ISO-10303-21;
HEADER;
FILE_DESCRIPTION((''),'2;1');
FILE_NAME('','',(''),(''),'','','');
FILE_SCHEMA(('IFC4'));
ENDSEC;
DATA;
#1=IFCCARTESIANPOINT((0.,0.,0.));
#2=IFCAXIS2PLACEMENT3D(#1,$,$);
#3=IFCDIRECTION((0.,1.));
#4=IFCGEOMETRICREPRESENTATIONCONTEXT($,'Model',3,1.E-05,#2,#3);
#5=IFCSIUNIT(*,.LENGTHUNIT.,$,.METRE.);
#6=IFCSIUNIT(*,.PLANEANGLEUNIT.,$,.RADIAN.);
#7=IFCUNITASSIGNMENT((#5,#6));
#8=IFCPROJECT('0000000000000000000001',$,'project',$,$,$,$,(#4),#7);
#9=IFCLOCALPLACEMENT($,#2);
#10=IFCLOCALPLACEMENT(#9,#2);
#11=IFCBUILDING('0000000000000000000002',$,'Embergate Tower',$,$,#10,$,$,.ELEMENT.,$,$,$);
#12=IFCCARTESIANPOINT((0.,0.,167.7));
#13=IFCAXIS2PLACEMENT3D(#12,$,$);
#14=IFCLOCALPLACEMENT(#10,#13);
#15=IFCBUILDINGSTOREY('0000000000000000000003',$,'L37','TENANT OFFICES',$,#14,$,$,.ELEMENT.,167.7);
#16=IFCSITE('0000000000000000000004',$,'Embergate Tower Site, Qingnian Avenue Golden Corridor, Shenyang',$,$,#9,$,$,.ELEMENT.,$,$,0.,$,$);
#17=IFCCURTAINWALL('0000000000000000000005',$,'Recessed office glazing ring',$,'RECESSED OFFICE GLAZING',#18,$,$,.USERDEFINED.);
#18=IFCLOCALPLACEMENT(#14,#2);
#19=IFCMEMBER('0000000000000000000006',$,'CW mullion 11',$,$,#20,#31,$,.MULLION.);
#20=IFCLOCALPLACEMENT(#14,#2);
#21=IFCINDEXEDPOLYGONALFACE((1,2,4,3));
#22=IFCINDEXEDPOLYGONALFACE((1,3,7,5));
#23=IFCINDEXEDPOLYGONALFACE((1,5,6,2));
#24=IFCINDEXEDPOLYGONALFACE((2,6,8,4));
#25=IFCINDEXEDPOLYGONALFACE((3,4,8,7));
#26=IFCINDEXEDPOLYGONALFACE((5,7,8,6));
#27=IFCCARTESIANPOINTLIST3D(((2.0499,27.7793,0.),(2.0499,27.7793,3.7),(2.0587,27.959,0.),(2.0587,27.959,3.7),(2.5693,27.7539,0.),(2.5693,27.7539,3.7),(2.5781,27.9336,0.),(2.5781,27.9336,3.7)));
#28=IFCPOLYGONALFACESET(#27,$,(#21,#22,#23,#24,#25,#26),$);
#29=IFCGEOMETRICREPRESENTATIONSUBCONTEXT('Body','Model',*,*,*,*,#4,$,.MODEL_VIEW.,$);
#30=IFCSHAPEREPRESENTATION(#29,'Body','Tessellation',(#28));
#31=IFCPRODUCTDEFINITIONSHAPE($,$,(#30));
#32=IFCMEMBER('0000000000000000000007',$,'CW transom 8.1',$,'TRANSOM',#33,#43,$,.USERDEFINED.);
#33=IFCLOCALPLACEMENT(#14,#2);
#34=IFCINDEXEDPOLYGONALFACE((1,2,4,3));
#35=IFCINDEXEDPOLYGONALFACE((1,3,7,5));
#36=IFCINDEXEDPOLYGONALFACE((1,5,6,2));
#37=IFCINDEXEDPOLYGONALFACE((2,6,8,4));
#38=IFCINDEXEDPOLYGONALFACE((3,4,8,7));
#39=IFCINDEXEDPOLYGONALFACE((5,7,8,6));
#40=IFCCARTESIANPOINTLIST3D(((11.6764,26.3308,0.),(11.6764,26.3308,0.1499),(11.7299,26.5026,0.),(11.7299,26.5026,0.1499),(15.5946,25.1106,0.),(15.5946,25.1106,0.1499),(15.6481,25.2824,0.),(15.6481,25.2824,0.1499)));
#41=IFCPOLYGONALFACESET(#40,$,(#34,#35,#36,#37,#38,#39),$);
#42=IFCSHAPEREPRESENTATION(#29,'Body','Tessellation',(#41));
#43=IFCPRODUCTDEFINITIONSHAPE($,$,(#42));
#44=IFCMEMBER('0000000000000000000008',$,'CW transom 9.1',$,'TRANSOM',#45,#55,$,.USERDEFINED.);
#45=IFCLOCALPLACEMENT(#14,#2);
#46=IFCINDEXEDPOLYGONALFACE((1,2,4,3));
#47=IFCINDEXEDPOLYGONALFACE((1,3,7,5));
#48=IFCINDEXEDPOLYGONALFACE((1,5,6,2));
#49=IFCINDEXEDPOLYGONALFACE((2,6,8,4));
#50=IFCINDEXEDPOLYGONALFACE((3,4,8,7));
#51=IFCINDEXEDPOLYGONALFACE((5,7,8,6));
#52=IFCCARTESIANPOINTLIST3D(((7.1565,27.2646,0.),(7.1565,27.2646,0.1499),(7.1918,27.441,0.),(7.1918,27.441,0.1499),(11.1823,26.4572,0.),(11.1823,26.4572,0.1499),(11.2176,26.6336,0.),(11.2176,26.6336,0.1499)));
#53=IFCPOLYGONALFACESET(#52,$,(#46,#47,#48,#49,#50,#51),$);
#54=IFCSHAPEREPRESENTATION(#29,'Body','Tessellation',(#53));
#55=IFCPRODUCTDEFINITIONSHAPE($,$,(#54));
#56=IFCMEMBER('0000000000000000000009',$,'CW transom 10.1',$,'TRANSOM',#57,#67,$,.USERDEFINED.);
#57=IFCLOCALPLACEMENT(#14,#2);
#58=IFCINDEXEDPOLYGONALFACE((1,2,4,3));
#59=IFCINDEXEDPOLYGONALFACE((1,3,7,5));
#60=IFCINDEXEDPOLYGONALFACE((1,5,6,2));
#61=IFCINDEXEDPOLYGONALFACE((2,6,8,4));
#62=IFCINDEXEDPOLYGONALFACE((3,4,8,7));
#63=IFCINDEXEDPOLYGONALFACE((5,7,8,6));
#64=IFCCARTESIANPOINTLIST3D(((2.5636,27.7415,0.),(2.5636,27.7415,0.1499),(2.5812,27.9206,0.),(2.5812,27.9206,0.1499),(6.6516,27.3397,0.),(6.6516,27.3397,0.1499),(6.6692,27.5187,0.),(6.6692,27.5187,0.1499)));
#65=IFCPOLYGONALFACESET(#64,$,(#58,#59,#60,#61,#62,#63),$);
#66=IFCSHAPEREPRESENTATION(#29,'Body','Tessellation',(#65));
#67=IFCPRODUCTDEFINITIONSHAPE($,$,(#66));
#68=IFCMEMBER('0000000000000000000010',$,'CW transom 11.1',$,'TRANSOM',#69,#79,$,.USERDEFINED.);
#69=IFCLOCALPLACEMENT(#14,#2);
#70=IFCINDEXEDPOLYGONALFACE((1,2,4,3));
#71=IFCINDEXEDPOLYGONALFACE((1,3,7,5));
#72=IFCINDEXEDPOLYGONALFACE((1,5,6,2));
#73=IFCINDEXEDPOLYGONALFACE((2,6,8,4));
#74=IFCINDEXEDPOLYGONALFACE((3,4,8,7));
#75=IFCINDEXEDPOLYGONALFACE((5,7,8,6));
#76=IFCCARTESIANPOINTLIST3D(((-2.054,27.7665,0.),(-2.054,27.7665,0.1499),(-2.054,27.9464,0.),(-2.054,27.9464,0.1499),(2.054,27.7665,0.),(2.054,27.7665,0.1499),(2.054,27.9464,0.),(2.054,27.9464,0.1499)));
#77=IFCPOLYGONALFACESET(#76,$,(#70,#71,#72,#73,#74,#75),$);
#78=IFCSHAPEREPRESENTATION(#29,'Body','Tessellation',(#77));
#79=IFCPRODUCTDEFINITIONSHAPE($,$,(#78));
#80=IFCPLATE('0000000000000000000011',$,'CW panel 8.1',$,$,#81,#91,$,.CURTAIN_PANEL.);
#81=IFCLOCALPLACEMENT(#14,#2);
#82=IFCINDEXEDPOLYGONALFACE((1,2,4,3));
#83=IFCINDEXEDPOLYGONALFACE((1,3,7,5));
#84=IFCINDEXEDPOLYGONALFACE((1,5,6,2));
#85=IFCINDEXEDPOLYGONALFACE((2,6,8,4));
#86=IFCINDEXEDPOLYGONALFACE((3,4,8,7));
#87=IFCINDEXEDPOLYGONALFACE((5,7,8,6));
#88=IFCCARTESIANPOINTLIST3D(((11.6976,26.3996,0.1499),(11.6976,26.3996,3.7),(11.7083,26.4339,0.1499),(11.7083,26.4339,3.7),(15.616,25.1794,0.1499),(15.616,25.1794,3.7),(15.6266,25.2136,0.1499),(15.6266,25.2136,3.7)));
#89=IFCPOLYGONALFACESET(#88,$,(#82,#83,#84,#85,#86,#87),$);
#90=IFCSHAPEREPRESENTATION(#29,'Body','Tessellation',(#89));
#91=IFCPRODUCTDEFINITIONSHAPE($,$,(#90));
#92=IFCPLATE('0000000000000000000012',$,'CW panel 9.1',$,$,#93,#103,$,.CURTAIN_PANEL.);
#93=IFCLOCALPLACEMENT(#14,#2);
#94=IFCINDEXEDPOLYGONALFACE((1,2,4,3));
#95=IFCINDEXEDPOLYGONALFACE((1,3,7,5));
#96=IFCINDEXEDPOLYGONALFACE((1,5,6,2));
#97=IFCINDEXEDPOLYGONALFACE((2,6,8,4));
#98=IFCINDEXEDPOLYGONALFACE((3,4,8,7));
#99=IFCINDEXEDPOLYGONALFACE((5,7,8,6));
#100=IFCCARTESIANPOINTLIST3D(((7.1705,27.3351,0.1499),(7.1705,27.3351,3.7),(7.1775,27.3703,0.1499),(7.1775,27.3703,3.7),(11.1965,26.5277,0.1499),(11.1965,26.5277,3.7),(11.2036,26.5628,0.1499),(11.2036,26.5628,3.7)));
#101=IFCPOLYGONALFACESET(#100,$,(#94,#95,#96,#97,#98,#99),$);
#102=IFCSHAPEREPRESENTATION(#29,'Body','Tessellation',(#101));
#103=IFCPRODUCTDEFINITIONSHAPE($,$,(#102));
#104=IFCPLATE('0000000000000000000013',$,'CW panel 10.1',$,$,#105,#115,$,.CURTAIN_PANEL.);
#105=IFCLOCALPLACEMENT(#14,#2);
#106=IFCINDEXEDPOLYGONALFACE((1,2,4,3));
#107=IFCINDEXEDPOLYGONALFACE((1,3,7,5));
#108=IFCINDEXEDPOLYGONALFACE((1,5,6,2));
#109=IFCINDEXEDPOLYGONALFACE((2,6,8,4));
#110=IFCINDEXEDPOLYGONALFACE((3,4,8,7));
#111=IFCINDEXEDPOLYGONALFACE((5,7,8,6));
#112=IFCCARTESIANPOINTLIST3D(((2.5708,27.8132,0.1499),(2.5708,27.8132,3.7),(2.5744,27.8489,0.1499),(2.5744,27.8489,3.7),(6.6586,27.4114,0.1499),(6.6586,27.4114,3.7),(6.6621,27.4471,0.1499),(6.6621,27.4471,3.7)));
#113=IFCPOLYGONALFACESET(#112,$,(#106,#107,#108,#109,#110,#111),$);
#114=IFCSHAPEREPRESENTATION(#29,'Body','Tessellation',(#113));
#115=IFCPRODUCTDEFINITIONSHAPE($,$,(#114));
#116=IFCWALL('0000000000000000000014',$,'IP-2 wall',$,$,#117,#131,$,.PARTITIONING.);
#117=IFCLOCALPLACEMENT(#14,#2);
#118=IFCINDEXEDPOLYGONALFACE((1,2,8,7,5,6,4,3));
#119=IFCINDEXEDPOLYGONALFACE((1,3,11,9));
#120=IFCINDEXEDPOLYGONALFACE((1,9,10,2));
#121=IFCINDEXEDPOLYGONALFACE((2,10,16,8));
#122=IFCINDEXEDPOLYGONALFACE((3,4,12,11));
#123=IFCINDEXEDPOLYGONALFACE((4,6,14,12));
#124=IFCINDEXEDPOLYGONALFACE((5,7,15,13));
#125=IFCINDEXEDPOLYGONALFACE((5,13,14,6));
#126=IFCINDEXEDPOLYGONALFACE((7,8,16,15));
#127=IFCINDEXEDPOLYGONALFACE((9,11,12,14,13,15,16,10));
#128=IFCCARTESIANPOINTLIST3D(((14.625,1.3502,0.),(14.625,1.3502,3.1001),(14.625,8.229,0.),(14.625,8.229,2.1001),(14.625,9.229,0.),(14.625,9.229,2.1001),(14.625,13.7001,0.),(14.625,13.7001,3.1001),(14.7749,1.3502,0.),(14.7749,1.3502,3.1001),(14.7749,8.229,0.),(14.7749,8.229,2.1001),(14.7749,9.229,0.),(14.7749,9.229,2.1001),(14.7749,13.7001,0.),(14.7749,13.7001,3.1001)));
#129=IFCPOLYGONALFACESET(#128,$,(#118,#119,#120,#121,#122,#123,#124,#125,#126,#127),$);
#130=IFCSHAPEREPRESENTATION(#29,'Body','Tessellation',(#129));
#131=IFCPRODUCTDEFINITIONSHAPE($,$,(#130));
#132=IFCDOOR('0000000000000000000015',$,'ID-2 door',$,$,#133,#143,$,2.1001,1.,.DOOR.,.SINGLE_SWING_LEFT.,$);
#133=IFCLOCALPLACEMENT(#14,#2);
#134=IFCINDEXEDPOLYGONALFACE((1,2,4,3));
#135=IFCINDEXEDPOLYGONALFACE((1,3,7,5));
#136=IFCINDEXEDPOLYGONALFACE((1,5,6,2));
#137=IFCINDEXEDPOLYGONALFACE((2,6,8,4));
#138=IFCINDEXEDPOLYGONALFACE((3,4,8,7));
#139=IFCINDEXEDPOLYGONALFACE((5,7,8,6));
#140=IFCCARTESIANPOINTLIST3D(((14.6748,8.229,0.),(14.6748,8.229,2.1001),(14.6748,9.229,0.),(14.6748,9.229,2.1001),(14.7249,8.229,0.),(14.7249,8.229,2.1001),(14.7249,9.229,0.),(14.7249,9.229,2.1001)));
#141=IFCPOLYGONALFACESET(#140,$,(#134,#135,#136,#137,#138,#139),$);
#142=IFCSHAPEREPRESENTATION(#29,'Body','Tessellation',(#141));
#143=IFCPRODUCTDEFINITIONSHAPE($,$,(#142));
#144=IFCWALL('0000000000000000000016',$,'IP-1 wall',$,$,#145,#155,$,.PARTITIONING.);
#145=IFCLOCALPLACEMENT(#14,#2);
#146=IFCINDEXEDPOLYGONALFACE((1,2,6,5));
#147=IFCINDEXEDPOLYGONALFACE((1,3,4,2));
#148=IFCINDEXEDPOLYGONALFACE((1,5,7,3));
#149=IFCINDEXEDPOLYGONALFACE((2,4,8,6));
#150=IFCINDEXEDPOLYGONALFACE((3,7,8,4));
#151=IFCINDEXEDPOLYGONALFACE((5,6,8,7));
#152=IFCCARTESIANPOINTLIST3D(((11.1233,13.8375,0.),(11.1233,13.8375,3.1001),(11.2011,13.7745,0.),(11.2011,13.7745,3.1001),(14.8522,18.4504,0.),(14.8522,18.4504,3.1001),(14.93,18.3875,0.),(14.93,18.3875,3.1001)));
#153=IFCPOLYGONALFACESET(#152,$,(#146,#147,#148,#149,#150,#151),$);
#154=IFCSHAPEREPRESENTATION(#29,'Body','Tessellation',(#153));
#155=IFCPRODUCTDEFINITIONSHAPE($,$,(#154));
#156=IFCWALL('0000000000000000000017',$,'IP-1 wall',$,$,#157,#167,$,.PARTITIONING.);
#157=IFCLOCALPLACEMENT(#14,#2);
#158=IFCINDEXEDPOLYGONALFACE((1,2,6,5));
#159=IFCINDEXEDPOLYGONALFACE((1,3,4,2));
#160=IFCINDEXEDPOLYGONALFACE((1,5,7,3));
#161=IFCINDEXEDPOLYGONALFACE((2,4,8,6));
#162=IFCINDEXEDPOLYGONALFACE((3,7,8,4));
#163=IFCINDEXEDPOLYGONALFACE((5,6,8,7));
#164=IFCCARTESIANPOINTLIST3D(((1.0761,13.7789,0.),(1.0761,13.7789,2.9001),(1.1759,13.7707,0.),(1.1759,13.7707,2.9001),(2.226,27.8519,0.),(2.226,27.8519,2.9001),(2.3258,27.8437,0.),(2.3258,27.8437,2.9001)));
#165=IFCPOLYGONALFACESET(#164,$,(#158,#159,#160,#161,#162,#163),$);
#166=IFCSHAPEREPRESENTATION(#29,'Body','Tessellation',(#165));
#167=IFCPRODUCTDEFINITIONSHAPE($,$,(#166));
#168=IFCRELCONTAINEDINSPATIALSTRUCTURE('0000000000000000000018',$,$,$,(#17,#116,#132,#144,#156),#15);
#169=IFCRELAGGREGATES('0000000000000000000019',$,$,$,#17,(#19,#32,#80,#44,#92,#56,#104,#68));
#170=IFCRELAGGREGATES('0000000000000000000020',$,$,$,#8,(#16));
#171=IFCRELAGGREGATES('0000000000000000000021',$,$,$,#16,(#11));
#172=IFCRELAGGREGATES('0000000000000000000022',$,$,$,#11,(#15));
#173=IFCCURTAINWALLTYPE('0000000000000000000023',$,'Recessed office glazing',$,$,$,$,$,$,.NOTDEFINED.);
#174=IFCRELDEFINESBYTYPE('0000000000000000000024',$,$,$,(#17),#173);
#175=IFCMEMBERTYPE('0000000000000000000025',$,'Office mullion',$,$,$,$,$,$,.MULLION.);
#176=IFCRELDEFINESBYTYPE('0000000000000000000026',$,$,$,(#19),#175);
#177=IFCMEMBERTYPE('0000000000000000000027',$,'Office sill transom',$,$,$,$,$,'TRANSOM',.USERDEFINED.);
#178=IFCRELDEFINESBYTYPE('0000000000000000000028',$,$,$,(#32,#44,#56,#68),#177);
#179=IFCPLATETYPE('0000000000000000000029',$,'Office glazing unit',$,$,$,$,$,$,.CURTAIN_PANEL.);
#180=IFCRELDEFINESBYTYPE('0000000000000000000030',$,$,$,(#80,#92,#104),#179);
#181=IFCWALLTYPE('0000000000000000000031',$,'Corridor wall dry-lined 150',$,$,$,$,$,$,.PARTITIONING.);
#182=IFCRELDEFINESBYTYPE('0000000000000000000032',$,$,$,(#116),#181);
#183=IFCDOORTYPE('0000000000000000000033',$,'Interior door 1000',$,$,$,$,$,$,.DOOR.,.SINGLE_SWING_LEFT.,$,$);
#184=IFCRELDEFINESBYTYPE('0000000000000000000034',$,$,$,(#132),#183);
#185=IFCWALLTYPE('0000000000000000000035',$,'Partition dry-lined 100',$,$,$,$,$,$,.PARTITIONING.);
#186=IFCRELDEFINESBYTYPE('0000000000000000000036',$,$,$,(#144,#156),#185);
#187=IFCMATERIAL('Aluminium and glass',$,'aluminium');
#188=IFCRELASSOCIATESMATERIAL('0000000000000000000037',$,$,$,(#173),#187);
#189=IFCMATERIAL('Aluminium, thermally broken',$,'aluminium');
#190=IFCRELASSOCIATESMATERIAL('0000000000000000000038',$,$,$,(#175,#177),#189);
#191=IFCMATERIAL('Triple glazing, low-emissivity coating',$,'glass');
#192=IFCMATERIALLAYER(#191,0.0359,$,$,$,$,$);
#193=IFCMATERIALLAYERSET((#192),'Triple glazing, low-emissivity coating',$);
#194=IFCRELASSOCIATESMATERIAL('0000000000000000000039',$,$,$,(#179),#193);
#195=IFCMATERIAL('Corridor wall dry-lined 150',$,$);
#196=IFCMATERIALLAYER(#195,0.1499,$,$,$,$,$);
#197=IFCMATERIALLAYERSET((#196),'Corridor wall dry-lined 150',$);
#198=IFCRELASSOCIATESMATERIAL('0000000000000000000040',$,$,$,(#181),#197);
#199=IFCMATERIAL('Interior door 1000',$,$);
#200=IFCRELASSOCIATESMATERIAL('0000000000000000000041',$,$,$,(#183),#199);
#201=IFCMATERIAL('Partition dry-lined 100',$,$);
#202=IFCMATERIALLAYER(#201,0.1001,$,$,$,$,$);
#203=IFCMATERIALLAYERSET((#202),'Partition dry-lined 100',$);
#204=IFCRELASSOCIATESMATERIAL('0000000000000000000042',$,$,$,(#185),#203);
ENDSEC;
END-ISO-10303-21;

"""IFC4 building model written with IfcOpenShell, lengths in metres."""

from ifc_helpers import new_model, si_unit, direction, frame, frame_2d, origin, origin_2d, place, context, subcontext, project, spatial, rectangle, extrude, source, transform, mapped, material, layer, layer_set, material_profile, profile_set, type_object, element, fill, aggregate, save


model = new_model("IFC4")

# Units and contexts
model_context = context("Model", 3, precision=1e-05, world=origin(), true_north=direction((0.0, 1.0)))
body_context = subcontext(model_context, "Body", "Model", "MODEL_VIEW")
ifc_project = project(units=[si_unit("LENGTHUNIT", "METRE"), si_unit("PLANEANGLEUNIT", "RADIAN")], contexts=[model_context])

# Site, building, storey
site_placement = place(None, origin())
site = spatial("IfcSite", under=ifc_project, at=site_placement, Name="Embergate Tower Site, Qingnian Avenue Golden Corridor, Shenyang", CompositionType="ELEMENT", RefElevation=0.0)
building_placement = place(site_placement, origin())
building = spatial("IfcBuilding", under=site, at=building_placement, Name="Embergate Tower", CompositionType="ELEMENT")
storey_placement = place(building_placement, frame((0.0, 0.0, 167.7)))
storey = spatial("IfcBuildingStorey", under=building, at=storey_placement, Name="L37", Description="TENANT OFFICES", CompositionType="ELEMENT", Elevation=167.7)

# Curtain wall, members, plates
ifc_material_1 = material(Name="Aluminium and glass", Category="aluminium")
curtain_wall_type = type_object("IfcCurtainWallType", Name="Recessed office glazing", PredefinedType="NOTDEFINED", material=ifc_material_1)
curtain_wall_placement = place(storey_placement, origin())
curtain_wall = element("IfcCurtainWall", 1, at=curtain_wall_placement, inside=storey, type_object=curtain_wall_type, Name="Recessed office glazing ring", ObjectType="RECESSED OFFICE GLAZING", PredefinedType="USERDEFINED")
ifc_material_2 = material(Name="Aluminium, thermally broken", Category="aluminium")
ifc_material_profile_1 = material_profile(ifc_material_2, rectangle(XDim=0.1799, YDim=0.52, at=origin_2d()), Name="AL 520x180")
ifc_profile_set_1 = profile_set([ifc_material_profile_1], Name="Aluminium, thermally broken")
member_type_1 = type_object("IfcMemberType", Name="Office mullion", PredefinedType="MULLION", material=ifc_profile_set_1)
shared_shape_1 = source(origin(), body_context, "Body", "SweptSolid", [
    extrude(rectangle(XDim=0.1799, YDim=0.52, at=origin_2d()), origin(), (0.0, 0.0, 1.0), 3.7),
])
member_1_placement = place(storey_placement, frame((2.314, 27.8564, 0.0), z_axis=(0.0, 0.0, 1.0), x_axis=(-0.048972, -0.9988, 0.0)))
member_1 = element("IfcMember", 2, at=member_1_placement, type_object=member_type_1, Name="CW mullion 11", PredefinedType="MULLION", context=body_context, shape_type="MappedRepresentation", body=[
    mapped(shared_shape_1, transform((0.0, 0.0, 0.0))),
])
ifc_material_profile_2 = material_profile(ifc_material_2, rectangle(XDim=0.1799, YDim=0.1499, at=origin_2d()), Name="AL 150x180")
ifc_profile_set_2 = profile_set([ifc_material_profile_2], Name="Aluminium, thermally broken")
member_type_2 = type_object("IfcMemberType", Name="Office sill transom", ElementType="TRANSOM", PredefinedType="USERDEFINED", material=ifc_profile_set_2)
shared_shape_2 = source(origin(), body_context, "Body", "SweptSolid", [
    extrude(rectangle(XDim=0.1799, YDim=0.1499, at=origin_2d()), origin(), (0.0, 0.0, 1.0), 4.1038),
])
member_2_placement = place(storey_placement, frame((15.6213, 25.1965, 0.075), z_axis=(-0.954773, 0.297337, 0.0), x_axis=(-0.297337, -0.954773, 0.0)))
member_2 = element("IfcMember", 3, at=member_2_placement, type_object=member_type_2, Name="CW transom 8.1", ObjectType="TRANSOM", PredefinedType="USERDEFINED", context=body_context, shape_type="MappedRepresentation", body=[
    mapped(shared_shape_2, transform((0.0, 0.0, 0.0))),
])
shared_shape_3 = source(origin(), body_context, "Body", "SweptSolid", [
    extrude(rectangle(XDim=0.1799, YDim=0.1499, at=origin_2d()), origin(), (0.0, 0.0, 1.0), 4.106),
])
member_3_placement = place(storey_placement, frame((11.2, 26.5454, 0.075), z_axis=(-0.980478, 0.196631, 0.0), x_axis=(-0.196631, -0.980478, 0.0)))
member_3 = element("IfcMember", 4, at=member_3_placement, type_object=member_type_2, Name="CW transom 9.1", ObjectType="TRANSOM", PredefinedType="USERDEFINED", context=body_context, shape_type="MappedRepresentation", body=[
    mapped(shared_shape_3, transform((0.0, 0.0, 0.0))),
])
shared_shape_4 = source(origin(), body_context, "Body", "SweptSolid", [
    extrude(rectangle(XDim=0.1799, YDim=0.1499, at=origin_2d()), origin(), (0.0, 0.0, 1.0), 4.1077),
])
member_4_placement = place(storey_placement, frame((6.6604, 27.4292, 0.075), z_axis=(-0.995203, 0.097832, 0.0), x_axis=(-0.097832, -0.995203, 0.0)))
member_4 = element("IfcMember", 5, at=member_4_placement, type_object=member_type_2, Name="CW transom 10.1", ObjectType="TRANSOM", PredefinedType="USERDEFINED", context=body_context, shape_type="MappedRepresentation", body=[
    mapped(shared_shape_4, transform((0.0, 0.0, 0.0))),
])
shared_shape_5 = source(origin(), body_context, "Body", "SweptSolid", [
    extrude(rectangle(XDim=0.1799, YDim=0.1499, at=origin_2d()), origin(), (0.0, 0.0, 1.0), 4.1079),
])
member_5_placement = place(storey_placement, frame((2.054, 27.8564, 0.075), z_axis=(-1.0, 0.0, 0.0), x_axis=(0.0, -1.0, 0.0)))
member_5 = element("IfcMember", 6, at=member_5_placement, type_object=member_type_2, Name="CW transom 11.1", ObjectType="TRANSOM", PredefinedType="USERDEFINED", context=body_context, shape_type="MappedRepresentation", body=[
    mapped(shared_shape_5, transform((0.0, 0.0, 0.0))),
])
ifc_material_3 = material(Name="Triple glazing, low-emissivity coating", Category="glass")
ifc_layer_1 = layer(ifc_material_3, 0.0359)
ifc_layer_set_1 = layer_set([ifc_layer_1], Name="Triple glazing, low-emissivity coating")
plate_type = type_object("IfcPlateType", Name="Office glazing unit", PredefinedType="CURTAIN_PANEL", material=ifc_layer_set_1)
shared_shape_6 = source(origin(), body_context, "Body", "SweptSolid", [
    extrude(rectangle(XDim=4.104, YDim=0.0359, at=origin_2d()), origin(), (0.0, 0.0, 1.0), 3.55),
])
plate_1_placement = place(storey_placement, frame((13.6621, 25.8066, 0.1499), z_axis=(0.0, 0.0, 1.0), x_axis=(-0.954772, 0.297338, 0.0)))
plate_1 = element("IfcPlate", 7, at=plate_1_placement, type_object=plate_type, Name="CW panel 8.1", PredefinedType="CURTAIN_PANEL", context=body_context, shape_type="MappedRepresentation", body=[
    mapped(shared_shape_6, transform((0.0, 0.0, 0.0))),
])
shared_shape_7 = source(origin(), body_context, "Body", "SweptSolid", [
    extrude(rectangle(XDim=4.1062, YDim=0.0359, at=origin_2d()), origin(), (0.0, 0.0, 1.0), 3.55),
])
plate_2_placement = place(storey_placement, frame((9.187, 26.949, 0.1499), z_axis=(0.0, 0.0, 1.0), x_axis=(-0.980476, 0.196639, 0.0)))
plate_2 = element("IfcPlate", 8, at=plate_2_placement, type_object=plate_type, Name="CW panel 9.1", PredefinedType="CURTAIN_PANEL", context=body_context, shape_type="MappedRepresentation", body=[
    mapped(shared_shape_7, transform((0.0, 0.0, 0.0))),
])
shared_shape_8 = source(origin(), body_context, "Body", "SweptSolid", [
    extrude(rectangle(XDim=4.1074, YDim=0.0359, at=origin_2d()), origin(), (0.0, 0.0, 1.0), 3.55),
])
plate_3_placement = place(storey_placement, frame((4.6165, 27.6301, 0.1499), z_axis=(0.0, 0.0, 1.0), x_axis=(-0.995203, 0.09783, 0.0)))
plate_3 = element("IfcPlate", 9, at=plate_3_placement, type_object=plate_type, Name="CW panel 10.1", PredefinedType="CURTAIN_PANEL", context=body_context, shape_type="MappedRepresentation", body=[
    mapped(shared_shape_8, transform((0.0, 0.0, 0.0))),
])
aggregate(curtain_wall, [member_1, member_2, plate_1, member_3, plate_2, member_4, plate_3, member_5])

# Wall, opening, door
ifc_material_4 = material(Name="Corridor wall dry-lined 150")
ifc_layer_2 = layer(ifc_material_4, 0.1499)
ifc_layer_set_2 = layer_set([ifc_layer_2], Name="Corridor wall dry-lined 150")
wall_type_1 = type_object("IfcWallType", Name="Corridor wall dry-lined 150", PredefinedType="PARTITIONING", material=ifc_layer_set_2)
shared_shape_9 = source(origin(), body_context, "Body", "SweptSolid", [
    extrude(rectangle(XDim=12.3499, YDim=0.1499, at=frame_2d((6.1748, 0.0))), origin(), (0.0, 0.0, 1.0), 3.1001),
])
wall_1_placement = place(storey_placement, frame((14.7, 13.7, 0.0), z_axis=(0.0, 0.0, 1.0), x_axis=(0.0, -1.0, 0.0)))
wall_1 = element("IfcWall", 10, at=wall_1_placement, inside=storey, type_object=wall_type_1, Name="IP-2 wall", PredefinedType="PARTITIONING", context=body_context, shape_type="MappedRepresentation", body=[
    mapped(shared_shape_9, transform((0.0, 0.0, 0.0))),
])
shared_shape_10 = source(origin(), body_context, "Body", "SweptSolid", [
    extrude(rectangle(XDim=1.0, YDim=2.1001, at=frame_2d((0.5, 1.05))), frame((0.0, 0.085, 0.0), z_axis=(0.0, -1.0, 0.0), x_axis=(1.0, 0.0, 0.0)), (0.0, 0.0, 1.0), 0.1699),
])
opening_placement = place(wall_1_placement, frame((4.4709, 0.0, 0.0)))
opening = element("IfcOpeningElement", 11, at=opening_placement, cuts=wall_1, PredefinedType="OPENING", context=body_context, shape_type="MappedRepresentation", body=[
    mapped(shared_shape_10, transform((0.0, 0.0, 0.0))),
])
ifc_material_5 = material(Name="Interior door 1000")
door_type = type_object("IfcDoorType", Name="Interior door 1000", OperationType="SINGLE_SWING_LEFT", PredefinedType="DOOR", material=ifc_material_5)
shared_shape_11 = source(origin(), body_context, "Body", "SweptSolid", [
    extrude(rectangle(XDim=1.0, YDim=2.1001, at=frame_2d((0.5, 1.05))), frame((0.0, 0.0249, 0.0), z_axis=(0.0, -1.0, 0.0), x_axis=(1.0, 0.0, 0.0)), (0.0, 0.0, 1.0), 0.05),
])
door_placement = place(opening_placement, origin())
door = element("IfcDoor", 12, at=door_placement, inside=storey, type_object=door_type, Name="ID-2 door", OperationType="SINGLE_SWING_LEFT", OverallHeight=2.1001, OverallWidth=1.0, PredefinedType="DOOR", context=body_context, shape_type="MappedRepresentation", body=[
    mapped(shared_shape_11, transform((0.0, 0.0, 0.0))),
])
fill(opening, door)

# Walls
ifc_material_6 = material(Name="Partition dry-lined 100")
ifc_layer_3 = layer(ifc_material_6, 0.1001)
ifc_layer_set_3 = layer_set([ifc_layer_3], Name="Partition dry-lined 100")
wall_type_2 = type_object("IfcWallType", Name="Partition dry-lined 100", PredefinedType="PARTITIONING", material=ifc_layer_set_3)
shared_shape_12 = source(origin(), body_context, "Body", "SweptSolid", [
    extrude(rectangle(XDim=5.9316, YDim=0.1001, at=frame_2d((2.9658, 0.0))), origin(), (0.0, 0.0, 1.0), 3.1001),
])
wall_2_placement = place(storey_placement, frame((14.8911, 18.4189, 0.0), z_axis=(0.0, 0.0, 1.0), x_axis=(-0.628652, -0.777687, 0.0)))
element("IfcWall", 13, at=wall_2_placement, inside=storey, type_object=wall_type_2, Name="IP-1 wall", PredefinedType="PARTITIONING", context=body_context, shape_type="MappedRepresentation", body=[
    mapped(shared_shape_12, transform((0.0, 0.0, 0.0))),
])
shared_shape_13 = source(origin(), body_context, "Body", "SweptSolid", [
    extrude(rectangle(XDim=14.1199, YDim=0.1001, at=frame_2d((7.0601, 0.0))), origin(), (0.0, 0.0, 1.0), 2.9001),
])
wall_3_placement = place(storey_placement, frame((2.2759, 27.8479, 0.0), z_axis=(0.0, 0.0, 1.0), x_axis=(-0.081438, -0.996678, 0.0)))
element("IfcWall", 14, at=wall_3_placement, inside=storey, type_object=wall_type_2, Name="IP-1 wall", PredefinedType="PARTITIONING", context=body_context, shape_type="MappedRepresentation", body=[
    mapped(shared_shape_13, transform((0.0, 0.0, 0.0))),
])

save(model, "model.ifc")
